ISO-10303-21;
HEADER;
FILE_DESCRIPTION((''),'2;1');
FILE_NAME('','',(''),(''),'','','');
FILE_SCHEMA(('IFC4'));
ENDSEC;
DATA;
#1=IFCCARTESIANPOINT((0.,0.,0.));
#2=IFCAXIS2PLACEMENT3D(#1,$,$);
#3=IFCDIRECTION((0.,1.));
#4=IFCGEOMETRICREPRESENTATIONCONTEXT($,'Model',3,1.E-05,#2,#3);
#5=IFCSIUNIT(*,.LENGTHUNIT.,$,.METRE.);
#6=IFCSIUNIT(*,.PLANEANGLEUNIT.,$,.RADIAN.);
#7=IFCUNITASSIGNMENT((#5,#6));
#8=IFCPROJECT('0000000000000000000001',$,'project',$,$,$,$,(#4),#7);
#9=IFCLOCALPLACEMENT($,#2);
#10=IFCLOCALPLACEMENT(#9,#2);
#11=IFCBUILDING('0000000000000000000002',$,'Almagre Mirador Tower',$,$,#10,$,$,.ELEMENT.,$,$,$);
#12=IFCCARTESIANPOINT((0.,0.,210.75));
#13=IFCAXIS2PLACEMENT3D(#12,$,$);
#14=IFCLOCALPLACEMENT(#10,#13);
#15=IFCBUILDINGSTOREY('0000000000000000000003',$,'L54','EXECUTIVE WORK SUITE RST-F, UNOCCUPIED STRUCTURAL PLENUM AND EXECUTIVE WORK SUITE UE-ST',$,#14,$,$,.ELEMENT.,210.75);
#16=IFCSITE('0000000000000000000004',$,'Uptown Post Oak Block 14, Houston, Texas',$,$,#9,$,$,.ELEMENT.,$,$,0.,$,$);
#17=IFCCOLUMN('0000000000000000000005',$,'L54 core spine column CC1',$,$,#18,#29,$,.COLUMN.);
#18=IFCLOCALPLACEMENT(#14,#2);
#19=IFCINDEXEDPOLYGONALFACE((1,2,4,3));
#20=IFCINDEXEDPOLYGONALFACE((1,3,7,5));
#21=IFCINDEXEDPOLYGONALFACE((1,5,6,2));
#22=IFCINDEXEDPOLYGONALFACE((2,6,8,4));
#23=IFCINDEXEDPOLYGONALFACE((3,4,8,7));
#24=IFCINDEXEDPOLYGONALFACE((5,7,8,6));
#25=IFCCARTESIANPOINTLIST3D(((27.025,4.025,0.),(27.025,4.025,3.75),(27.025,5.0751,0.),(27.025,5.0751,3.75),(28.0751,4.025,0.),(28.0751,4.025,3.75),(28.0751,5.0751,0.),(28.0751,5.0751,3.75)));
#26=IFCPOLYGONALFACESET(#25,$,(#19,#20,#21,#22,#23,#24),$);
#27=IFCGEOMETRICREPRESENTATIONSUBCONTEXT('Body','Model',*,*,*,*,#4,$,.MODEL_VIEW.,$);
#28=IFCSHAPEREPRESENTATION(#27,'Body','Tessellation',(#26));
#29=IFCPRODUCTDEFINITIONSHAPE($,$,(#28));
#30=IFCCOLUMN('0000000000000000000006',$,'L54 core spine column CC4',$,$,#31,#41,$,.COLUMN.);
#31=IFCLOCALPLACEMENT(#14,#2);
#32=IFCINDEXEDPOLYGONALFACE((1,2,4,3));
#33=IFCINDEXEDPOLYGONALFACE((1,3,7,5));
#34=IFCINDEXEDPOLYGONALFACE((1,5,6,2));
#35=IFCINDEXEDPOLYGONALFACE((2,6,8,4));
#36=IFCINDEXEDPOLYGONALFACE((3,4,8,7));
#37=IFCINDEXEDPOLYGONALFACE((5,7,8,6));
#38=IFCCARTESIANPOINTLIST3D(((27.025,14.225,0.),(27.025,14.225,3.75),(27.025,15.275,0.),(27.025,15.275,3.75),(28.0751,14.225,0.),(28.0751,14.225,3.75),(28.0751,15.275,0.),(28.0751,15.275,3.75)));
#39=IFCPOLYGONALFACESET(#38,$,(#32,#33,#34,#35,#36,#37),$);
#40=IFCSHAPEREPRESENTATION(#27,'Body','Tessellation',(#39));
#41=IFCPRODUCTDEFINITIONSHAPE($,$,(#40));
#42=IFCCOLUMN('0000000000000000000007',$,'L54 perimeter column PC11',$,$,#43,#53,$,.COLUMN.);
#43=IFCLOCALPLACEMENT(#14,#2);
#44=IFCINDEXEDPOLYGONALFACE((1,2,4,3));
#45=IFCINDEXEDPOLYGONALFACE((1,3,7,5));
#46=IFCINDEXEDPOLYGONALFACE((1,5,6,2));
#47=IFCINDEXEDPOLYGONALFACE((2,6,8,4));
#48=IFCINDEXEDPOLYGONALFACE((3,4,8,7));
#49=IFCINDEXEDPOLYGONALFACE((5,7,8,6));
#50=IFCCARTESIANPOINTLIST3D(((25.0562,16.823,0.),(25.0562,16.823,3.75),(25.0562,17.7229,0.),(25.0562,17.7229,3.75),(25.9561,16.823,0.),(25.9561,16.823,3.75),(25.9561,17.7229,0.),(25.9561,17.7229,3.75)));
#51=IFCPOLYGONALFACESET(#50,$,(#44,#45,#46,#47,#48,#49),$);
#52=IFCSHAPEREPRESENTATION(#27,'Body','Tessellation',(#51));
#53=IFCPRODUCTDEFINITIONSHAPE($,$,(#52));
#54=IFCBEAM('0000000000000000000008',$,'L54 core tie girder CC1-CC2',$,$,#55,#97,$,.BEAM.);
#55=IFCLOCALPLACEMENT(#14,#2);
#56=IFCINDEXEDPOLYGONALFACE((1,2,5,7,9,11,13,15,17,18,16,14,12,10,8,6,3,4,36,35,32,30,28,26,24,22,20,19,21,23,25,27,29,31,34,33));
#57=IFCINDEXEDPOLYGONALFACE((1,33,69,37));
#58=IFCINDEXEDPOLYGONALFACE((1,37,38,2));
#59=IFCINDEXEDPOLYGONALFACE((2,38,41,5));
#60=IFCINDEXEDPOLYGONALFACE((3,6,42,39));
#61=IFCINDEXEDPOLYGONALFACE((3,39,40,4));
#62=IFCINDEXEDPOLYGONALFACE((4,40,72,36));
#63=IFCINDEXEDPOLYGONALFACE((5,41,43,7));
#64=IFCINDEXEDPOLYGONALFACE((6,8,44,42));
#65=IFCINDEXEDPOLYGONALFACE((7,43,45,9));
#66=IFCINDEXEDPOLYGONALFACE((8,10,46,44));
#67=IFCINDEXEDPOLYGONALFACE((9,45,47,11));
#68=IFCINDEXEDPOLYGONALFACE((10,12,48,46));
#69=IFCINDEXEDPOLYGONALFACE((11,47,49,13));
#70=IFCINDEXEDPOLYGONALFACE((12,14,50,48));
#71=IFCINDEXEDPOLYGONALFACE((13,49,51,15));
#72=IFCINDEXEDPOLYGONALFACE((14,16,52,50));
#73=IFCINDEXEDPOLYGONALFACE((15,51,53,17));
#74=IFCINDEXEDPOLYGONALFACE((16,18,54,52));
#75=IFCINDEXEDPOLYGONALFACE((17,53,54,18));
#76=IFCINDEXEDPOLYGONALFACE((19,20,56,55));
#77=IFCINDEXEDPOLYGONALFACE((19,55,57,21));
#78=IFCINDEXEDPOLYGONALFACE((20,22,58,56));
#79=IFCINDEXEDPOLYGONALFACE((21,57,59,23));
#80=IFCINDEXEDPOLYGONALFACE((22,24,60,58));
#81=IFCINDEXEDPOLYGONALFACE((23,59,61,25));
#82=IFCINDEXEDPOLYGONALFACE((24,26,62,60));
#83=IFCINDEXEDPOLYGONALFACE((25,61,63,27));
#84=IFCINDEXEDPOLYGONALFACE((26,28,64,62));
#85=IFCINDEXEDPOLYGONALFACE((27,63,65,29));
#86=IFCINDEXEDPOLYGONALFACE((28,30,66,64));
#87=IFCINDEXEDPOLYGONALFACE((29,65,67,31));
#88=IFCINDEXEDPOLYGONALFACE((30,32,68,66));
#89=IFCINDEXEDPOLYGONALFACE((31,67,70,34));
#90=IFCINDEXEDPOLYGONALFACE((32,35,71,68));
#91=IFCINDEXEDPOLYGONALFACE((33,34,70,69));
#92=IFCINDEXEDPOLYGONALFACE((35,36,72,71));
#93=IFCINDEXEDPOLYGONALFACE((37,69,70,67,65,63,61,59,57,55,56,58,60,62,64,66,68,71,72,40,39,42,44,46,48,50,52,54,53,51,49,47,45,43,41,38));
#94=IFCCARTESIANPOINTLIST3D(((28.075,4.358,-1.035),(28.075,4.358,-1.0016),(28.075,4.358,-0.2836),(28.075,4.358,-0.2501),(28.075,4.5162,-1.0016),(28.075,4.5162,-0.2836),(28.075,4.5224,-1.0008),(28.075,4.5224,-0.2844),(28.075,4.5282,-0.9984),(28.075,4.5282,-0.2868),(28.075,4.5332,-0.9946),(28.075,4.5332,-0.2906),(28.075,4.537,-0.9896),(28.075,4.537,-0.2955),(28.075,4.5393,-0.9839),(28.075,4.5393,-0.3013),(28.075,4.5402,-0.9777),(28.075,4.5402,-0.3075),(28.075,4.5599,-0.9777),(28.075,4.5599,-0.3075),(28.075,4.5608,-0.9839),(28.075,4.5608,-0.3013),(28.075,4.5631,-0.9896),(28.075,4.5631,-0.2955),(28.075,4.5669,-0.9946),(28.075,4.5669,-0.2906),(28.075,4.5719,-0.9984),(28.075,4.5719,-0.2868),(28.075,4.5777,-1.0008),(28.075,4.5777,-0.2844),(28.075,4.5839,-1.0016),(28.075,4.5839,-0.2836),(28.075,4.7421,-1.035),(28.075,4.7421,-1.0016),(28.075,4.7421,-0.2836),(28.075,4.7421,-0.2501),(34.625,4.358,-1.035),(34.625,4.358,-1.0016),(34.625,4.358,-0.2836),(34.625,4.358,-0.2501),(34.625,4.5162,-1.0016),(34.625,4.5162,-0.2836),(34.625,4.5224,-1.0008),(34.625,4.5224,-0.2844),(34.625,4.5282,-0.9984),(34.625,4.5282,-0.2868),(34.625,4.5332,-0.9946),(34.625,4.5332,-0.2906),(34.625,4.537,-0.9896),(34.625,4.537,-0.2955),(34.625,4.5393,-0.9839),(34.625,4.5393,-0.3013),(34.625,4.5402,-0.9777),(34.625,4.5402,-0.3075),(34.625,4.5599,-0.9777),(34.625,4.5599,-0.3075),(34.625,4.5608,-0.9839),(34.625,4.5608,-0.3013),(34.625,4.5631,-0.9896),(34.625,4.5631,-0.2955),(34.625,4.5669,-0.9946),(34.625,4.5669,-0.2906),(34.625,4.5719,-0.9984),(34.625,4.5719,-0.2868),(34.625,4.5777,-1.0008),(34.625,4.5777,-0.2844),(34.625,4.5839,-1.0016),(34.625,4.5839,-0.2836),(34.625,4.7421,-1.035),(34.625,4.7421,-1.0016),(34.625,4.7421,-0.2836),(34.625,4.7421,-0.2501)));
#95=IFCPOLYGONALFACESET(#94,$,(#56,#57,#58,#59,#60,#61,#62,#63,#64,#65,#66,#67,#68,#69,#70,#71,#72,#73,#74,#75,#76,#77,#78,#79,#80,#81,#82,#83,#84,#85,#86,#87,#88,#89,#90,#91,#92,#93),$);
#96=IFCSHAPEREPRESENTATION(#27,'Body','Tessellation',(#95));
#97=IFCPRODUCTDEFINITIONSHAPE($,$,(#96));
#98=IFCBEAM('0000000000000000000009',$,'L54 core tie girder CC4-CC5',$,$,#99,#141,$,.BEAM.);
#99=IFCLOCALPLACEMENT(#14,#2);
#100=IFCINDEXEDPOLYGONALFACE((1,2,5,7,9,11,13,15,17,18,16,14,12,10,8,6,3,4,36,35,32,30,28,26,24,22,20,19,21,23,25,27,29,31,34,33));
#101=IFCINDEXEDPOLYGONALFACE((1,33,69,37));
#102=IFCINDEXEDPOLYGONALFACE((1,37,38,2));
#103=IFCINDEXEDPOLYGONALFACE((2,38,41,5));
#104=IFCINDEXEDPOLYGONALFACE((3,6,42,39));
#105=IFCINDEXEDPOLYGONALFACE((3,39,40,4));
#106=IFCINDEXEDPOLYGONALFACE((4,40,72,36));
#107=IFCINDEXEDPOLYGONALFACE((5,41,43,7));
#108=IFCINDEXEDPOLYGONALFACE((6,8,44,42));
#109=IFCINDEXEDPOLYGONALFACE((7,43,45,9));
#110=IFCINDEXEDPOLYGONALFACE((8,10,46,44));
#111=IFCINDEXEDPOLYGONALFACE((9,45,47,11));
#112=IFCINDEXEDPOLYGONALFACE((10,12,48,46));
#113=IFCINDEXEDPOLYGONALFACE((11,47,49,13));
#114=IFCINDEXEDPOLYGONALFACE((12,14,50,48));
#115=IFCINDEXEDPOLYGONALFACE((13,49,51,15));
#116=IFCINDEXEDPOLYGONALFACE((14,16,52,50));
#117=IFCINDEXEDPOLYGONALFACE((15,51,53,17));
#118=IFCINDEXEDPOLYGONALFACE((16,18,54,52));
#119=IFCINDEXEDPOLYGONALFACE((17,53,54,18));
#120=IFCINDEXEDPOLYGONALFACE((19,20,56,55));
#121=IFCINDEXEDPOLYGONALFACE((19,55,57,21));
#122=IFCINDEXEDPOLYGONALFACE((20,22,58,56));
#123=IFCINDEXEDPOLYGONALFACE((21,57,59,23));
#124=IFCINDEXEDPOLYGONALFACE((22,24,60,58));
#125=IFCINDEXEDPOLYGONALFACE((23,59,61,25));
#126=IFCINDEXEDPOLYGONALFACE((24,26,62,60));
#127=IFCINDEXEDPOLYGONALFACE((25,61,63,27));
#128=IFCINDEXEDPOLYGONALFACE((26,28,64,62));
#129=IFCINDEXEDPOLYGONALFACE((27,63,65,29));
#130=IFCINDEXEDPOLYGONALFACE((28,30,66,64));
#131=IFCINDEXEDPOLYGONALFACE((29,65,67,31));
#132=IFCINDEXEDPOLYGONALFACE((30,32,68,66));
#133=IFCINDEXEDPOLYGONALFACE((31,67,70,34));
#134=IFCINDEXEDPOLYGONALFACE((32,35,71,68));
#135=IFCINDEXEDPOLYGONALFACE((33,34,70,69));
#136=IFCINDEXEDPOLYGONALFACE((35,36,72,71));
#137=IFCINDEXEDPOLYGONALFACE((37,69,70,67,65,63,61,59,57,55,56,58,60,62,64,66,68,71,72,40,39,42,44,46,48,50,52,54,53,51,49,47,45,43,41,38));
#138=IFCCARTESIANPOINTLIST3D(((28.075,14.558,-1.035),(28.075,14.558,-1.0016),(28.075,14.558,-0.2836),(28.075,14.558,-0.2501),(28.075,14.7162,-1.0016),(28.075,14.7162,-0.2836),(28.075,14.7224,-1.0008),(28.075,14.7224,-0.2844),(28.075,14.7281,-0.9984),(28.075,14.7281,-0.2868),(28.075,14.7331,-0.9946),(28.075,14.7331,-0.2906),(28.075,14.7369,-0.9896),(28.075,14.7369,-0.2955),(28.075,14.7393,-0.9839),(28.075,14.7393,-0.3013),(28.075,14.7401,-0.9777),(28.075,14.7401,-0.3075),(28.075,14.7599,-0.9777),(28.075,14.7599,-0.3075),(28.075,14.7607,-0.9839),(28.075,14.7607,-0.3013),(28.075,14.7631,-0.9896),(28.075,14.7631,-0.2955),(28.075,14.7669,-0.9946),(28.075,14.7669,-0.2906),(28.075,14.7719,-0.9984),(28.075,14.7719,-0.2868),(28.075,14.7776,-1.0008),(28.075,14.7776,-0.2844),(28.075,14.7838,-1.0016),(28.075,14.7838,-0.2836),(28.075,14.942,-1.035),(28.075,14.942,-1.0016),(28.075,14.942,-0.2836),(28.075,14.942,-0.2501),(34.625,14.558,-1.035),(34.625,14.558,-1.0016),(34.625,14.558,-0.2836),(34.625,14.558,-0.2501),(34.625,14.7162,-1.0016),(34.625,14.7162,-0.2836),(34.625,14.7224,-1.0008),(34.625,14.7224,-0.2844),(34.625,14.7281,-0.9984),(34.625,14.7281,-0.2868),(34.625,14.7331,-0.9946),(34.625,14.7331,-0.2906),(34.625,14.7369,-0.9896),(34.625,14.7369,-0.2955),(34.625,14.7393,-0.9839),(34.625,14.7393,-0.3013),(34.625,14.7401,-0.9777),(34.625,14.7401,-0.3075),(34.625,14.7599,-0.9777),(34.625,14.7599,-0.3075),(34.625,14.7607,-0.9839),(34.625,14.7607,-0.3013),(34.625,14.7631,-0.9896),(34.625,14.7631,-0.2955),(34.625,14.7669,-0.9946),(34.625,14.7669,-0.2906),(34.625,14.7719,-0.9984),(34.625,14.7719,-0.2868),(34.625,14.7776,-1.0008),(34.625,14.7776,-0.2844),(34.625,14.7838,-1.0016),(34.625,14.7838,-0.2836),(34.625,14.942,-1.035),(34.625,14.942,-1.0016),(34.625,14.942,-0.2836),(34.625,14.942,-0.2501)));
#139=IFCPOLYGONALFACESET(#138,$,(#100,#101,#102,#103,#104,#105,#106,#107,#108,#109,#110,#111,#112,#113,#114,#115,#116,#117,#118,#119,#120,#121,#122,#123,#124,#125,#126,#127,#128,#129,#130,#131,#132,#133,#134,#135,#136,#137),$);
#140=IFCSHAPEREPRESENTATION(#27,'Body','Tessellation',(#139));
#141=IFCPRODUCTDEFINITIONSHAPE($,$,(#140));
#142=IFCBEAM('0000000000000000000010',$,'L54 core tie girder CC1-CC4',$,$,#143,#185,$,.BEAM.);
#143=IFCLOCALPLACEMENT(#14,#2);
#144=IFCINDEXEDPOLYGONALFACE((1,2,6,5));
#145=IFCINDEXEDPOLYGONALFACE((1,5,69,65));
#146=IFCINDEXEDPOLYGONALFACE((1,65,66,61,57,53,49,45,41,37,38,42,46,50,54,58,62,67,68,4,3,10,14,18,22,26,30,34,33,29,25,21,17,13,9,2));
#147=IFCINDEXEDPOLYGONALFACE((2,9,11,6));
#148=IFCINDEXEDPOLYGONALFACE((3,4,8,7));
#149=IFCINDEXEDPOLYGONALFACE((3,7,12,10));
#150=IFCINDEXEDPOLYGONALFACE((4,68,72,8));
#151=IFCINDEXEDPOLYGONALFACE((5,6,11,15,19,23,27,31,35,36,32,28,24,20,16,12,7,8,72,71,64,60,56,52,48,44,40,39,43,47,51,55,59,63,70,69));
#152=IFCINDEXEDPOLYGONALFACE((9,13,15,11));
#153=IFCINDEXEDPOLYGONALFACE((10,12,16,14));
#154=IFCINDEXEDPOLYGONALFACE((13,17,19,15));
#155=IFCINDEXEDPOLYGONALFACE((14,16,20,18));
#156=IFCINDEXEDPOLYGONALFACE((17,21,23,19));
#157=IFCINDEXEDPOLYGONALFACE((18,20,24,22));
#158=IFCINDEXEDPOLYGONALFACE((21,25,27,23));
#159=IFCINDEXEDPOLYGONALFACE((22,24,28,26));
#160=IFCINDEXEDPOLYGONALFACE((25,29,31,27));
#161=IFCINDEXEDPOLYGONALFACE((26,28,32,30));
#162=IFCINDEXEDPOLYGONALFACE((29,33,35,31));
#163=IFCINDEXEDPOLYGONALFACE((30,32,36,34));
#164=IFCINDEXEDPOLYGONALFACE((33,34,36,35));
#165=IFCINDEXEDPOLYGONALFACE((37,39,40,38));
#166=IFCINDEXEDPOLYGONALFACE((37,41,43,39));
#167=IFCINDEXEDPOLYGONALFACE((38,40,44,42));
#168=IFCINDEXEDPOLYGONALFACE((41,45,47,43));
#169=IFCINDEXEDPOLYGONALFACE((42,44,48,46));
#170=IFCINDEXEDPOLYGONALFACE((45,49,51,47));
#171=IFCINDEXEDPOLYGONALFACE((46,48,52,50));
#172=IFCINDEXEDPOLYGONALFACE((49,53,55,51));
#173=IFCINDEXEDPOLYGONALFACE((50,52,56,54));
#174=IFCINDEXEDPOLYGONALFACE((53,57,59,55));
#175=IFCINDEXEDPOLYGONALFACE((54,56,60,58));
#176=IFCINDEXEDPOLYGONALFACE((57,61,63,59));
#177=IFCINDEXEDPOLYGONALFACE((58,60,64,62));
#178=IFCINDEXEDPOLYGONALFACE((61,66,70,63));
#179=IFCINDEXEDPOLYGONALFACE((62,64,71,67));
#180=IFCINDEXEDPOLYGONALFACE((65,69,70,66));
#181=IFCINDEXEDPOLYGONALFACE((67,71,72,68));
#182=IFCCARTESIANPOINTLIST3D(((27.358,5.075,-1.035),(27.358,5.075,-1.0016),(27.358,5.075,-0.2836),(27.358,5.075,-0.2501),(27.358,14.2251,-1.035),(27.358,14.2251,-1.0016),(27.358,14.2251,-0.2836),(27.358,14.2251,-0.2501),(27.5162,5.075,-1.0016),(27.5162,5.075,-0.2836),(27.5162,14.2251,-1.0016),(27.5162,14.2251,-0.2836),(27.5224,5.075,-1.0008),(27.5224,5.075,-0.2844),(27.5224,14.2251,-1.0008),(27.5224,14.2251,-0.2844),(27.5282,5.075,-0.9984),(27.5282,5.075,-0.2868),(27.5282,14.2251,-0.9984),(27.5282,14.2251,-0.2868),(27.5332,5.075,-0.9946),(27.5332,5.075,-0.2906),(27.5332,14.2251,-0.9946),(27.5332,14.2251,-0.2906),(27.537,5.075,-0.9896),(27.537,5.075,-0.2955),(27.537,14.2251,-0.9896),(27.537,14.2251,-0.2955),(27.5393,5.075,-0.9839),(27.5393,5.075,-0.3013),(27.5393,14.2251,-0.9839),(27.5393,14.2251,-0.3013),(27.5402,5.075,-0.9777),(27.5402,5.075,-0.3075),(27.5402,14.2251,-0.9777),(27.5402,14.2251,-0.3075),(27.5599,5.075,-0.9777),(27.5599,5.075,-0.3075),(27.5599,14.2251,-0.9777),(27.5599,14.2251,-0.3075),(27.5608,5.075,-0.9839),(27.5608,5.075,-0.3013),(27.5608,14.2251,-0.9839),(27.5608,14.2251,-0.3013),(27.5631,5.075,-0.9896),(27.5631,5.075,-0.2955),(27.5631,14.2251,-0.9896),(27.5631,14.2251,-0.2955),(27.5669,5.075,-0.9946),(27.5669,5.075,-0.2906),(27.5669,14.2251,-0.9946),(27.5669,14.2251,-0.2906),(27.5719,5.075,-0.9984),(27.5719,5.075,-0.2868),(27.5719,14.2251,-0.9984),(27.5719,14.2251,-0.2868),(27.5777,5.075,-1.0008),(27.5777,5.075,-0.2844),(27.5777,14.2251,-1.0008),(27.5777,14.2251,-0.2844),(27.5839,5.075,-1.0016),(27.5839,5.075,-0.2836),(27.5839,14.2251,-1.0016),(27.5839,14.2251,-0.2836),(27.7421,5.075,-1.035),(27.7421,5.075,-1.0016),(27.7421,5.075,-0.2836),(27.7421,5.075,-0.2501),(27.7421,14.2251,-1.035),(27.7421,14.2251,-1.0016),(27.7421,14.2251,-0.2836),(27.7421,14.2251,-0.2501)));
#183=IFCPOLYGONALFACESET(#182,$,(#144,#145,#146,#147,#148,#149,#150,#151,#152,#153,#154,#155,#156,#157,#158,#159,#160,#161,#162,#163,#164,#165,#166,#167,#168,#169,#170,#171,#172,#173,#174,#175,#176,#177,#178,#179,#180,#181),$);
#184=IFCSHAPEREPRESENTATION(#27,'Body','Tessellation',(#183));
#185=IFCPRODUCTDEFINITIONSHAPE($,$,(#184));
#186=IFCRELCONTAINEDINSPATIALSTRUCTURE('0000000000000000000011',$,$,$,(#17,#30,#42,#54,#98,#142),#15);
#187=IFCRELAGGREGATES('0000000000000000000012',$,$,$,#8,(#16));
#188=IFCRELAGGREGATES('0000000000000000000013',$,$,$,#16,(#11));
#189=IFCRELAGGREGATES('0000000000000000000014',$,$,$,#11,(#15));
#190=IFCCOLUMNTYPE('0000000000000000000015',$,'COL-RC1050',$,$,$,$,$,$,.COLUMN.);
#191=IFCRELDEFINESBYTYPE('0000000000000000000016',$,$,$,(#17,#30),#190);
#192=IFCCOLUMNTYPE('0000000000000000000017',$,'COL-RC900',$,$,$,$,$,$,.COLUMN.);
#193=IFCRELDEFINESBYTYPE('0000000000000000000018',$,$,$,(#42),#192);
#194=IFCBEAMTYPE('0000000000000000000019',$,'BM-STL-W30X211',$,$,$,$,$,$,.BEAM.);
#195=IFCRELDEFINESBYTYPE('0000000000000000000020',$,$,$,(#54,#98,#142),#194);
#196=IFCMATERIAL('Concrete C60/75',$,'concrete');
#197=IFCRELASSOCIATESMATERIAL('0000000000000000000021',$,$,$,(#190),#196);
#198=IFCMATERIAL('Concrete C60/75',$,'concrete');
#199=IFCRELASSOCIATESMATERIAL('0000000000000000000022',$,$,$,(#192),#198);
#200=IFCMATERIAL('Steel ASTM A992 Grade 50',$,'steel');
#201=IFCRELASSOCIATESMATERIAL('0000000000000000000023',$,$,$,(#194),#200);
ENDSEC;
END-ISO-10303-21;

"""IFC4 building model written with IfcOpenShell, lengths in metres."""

from ifc_helpers import new_model, si_unit, direction, frame, origin, origin_2d, place, context, subcontext, project, spatial, rectangle, i_section, extrude, material, material_profile, profile_set, type_object, element, save


model = new_model("IFC4")

# Units and contexts
model_context = context("Model", 3, precision=1e-05, world=origin(), true_north=direction((0.0, 1.0)))
body_context = subcontext(model_context, "Body", "Model", "MODEL_VIEW")
ifc_project = project(units=[si_unit("LENGTHUNIT", "METRE"), si_unit("PLANEANGLEUNIT", "RADIAN")], contexts=[model_context])

# Site, building, storey
site_placement = place(None, origin())
site = spatial("IfcSite", under=ifc_project, at=site_placement, Name="Uptown Post Oak Block 14, Houston, Texas", CompositionType="ELEMENT", RefElevation=0.0)
building_placement = place(site_placement, origin())
building = spatial("IfcBuilding", under=site, at=building_placement, Name="Almagre Mirador Tower", CompositionType="ELEMENT")
storey_placement = place(building_placement, frame((0.0, 0.0, 210.75)))
storey = spatial("IfcBuildingStorey", under=building, at=storey_placement, Name="L54", Description="EXECUTIVE WORK SUITE RST-F, UNOCCUPIED STRUCTURAL PLENUM AND EXECUTIVE WORK SUITE UE-ST", CompositionType="ELEMENT", Elevation=210.75)

# Columns
ifc_material_1 = material(Name="Concrete C60/75", Category="concrete")
ifc_material_profile_1 = material_profile(ifc_material_1, rectangle(XDim=1.05, YDim=1.05, at=origin_2d()), Name="RC1050X1050")
ifc_profile_set_1 = profile_set([ifc_material_profile_1], Name="Concrete C60/75")
column_type_1 = type_object("IfcColumnType", Name="COL-RC1050", PredefinedType="COLUMN", material=ifc_profile_set_1)
for number, where, z_axis, x_axis, name in (
    (1, (27.55, 4.55, 0.0), (0.0, 0.0, 1.0), (1.0, 0.0, 0.0), "L54 core spine column CC1"),
    (2, (27.55, 14.75, 0.0), (0.0, 0.0, 1.0), (1.0, 0.0, 0.0), "L54 core spine column CC4"),
):
    element("IfcColumn", number, at=place(storey_placement, frame(where, z_axis=z_axis, x_axis=x_axis)), inside=storey, type_object=column_type_1, Name=name, PredefinedType="COLUMN", context=body_context, shape_type="SweptSolid", body=[
        extrude(rectangle(XDim=1.05, YDim=1.05, at=origin_2d()), origin(), (0.0, 0.0, 1.0), 3.75),
    ])
ifc_material_2 = material(Name="Concrete C60/75", Category="concrete")
ifc_material_profile_2 = material_profile(ifc_material_2, rectangle(XDim=0.8999, YDim=0.8999, at=origin_2d()), Name="RC900X900")
ifc_profile_set_2 = profile_set([ifc_material_profile_2], Name="Concrete C60/75")
column_type_2 = type_object("IfcColumnType", Name="COL-RC900", PredefinedType="COLUMN", material=ifc_profile_set_2)
column_placement = place(storey_placement, frame((25.5061, 17.2729, 0.0), z_axis=(0.0, 0.0, 1.0), x_axis=(1.0, 0.0, 0.0)))
element("IfcColumn", 3, at=column_placement, inside=storey, type_object=column_type_2, Name="L54 perimeter column PC11", PredefinedType="COLUMN", context=body_context, shape_type="SweptSolid", body=[
    extrude(rectangle(XDim=0.8999, YDim=0.8999, at=origin_2d()), origin(), (0.0, 0.0, 1.0), 3.75),
])

# Beams
ifc_material_3 = material(Name="Steel ASTM A992 Grade 50", Category="steel")
ifc_material_profile_3 = material_profile(ifc_material_3, i_section(OverallWidth=0.384, OverallDepth=0.7849, WebThickness=0.0198, FlangeThickness=0.0334, FilletRadius=0.0239, at=origin_2d()), Name="W30X211")
ifc_profile_set_3 = profile_set([ifc_material_profile_3], Name="Steel ASTM A992 Grade 50")
beam_type = type_object("IfcBeamType", Name="BM-STL-W30X211", PredefinedType="BEAM", material=ifc_profile_set_3)
for number, where, z_axis, x_axis, name in (
    (4, (28.075, 4.55, -0.6426), (1.0, 0.0, 0.0), (0.0, 1.0, 0.0), "L54 core tie girder CC1-CC2"),
    (5, (28.075, 14.75, -0.6426), (1.0, 0.0, 0.0), (0.0, 1.0, 0.0), "L54 core tie girder CC4-CC5"),
):
    element("IfcBeam", number, at=place(storey_placement, frame(where, z_axis=z_axis, x_axis=x_axis)), inside=storey, type_object=beam_type, Name=name, PredefinedType="BEAM", context=body_context, shape_type="SweptSolid", body=[
        extrude(i_section(OverallWidth=0.384, OverallDepth=0.7849, WebThickness=0.0198, FlangeThickness=0.0334, FilletRadius=0.0239, at=origin_2d()), origin(), (0.0, 0.0, 1.0), 6.55),
    ])
beam_1_placement = place(storey_placement, frame((27.55, 5.075, -0.6426), z_axis=(0.0, 1.0, 0.0), x_axis=(-1.0, 0.0, 0.0)))
element("IfcBeam", 6, at=beam_1_placement, inside=storey, type_object=beam_type, Name="L54 core tie girder CC1-CC4", PredefinedType="BEAM", context=body_context, shape_type="SweptSolid", body=[
    extrude(i_section(OverallWidth=0.384, OverallDepth=0.7849, WebThickness=0.0198, FlangeThickness=0.0334, FilletRadius=0.0239, at=origin_2d()), origin(), (0.0, 0.0, 1.0), 9.1501),
])

save(model, "model.ifc")
